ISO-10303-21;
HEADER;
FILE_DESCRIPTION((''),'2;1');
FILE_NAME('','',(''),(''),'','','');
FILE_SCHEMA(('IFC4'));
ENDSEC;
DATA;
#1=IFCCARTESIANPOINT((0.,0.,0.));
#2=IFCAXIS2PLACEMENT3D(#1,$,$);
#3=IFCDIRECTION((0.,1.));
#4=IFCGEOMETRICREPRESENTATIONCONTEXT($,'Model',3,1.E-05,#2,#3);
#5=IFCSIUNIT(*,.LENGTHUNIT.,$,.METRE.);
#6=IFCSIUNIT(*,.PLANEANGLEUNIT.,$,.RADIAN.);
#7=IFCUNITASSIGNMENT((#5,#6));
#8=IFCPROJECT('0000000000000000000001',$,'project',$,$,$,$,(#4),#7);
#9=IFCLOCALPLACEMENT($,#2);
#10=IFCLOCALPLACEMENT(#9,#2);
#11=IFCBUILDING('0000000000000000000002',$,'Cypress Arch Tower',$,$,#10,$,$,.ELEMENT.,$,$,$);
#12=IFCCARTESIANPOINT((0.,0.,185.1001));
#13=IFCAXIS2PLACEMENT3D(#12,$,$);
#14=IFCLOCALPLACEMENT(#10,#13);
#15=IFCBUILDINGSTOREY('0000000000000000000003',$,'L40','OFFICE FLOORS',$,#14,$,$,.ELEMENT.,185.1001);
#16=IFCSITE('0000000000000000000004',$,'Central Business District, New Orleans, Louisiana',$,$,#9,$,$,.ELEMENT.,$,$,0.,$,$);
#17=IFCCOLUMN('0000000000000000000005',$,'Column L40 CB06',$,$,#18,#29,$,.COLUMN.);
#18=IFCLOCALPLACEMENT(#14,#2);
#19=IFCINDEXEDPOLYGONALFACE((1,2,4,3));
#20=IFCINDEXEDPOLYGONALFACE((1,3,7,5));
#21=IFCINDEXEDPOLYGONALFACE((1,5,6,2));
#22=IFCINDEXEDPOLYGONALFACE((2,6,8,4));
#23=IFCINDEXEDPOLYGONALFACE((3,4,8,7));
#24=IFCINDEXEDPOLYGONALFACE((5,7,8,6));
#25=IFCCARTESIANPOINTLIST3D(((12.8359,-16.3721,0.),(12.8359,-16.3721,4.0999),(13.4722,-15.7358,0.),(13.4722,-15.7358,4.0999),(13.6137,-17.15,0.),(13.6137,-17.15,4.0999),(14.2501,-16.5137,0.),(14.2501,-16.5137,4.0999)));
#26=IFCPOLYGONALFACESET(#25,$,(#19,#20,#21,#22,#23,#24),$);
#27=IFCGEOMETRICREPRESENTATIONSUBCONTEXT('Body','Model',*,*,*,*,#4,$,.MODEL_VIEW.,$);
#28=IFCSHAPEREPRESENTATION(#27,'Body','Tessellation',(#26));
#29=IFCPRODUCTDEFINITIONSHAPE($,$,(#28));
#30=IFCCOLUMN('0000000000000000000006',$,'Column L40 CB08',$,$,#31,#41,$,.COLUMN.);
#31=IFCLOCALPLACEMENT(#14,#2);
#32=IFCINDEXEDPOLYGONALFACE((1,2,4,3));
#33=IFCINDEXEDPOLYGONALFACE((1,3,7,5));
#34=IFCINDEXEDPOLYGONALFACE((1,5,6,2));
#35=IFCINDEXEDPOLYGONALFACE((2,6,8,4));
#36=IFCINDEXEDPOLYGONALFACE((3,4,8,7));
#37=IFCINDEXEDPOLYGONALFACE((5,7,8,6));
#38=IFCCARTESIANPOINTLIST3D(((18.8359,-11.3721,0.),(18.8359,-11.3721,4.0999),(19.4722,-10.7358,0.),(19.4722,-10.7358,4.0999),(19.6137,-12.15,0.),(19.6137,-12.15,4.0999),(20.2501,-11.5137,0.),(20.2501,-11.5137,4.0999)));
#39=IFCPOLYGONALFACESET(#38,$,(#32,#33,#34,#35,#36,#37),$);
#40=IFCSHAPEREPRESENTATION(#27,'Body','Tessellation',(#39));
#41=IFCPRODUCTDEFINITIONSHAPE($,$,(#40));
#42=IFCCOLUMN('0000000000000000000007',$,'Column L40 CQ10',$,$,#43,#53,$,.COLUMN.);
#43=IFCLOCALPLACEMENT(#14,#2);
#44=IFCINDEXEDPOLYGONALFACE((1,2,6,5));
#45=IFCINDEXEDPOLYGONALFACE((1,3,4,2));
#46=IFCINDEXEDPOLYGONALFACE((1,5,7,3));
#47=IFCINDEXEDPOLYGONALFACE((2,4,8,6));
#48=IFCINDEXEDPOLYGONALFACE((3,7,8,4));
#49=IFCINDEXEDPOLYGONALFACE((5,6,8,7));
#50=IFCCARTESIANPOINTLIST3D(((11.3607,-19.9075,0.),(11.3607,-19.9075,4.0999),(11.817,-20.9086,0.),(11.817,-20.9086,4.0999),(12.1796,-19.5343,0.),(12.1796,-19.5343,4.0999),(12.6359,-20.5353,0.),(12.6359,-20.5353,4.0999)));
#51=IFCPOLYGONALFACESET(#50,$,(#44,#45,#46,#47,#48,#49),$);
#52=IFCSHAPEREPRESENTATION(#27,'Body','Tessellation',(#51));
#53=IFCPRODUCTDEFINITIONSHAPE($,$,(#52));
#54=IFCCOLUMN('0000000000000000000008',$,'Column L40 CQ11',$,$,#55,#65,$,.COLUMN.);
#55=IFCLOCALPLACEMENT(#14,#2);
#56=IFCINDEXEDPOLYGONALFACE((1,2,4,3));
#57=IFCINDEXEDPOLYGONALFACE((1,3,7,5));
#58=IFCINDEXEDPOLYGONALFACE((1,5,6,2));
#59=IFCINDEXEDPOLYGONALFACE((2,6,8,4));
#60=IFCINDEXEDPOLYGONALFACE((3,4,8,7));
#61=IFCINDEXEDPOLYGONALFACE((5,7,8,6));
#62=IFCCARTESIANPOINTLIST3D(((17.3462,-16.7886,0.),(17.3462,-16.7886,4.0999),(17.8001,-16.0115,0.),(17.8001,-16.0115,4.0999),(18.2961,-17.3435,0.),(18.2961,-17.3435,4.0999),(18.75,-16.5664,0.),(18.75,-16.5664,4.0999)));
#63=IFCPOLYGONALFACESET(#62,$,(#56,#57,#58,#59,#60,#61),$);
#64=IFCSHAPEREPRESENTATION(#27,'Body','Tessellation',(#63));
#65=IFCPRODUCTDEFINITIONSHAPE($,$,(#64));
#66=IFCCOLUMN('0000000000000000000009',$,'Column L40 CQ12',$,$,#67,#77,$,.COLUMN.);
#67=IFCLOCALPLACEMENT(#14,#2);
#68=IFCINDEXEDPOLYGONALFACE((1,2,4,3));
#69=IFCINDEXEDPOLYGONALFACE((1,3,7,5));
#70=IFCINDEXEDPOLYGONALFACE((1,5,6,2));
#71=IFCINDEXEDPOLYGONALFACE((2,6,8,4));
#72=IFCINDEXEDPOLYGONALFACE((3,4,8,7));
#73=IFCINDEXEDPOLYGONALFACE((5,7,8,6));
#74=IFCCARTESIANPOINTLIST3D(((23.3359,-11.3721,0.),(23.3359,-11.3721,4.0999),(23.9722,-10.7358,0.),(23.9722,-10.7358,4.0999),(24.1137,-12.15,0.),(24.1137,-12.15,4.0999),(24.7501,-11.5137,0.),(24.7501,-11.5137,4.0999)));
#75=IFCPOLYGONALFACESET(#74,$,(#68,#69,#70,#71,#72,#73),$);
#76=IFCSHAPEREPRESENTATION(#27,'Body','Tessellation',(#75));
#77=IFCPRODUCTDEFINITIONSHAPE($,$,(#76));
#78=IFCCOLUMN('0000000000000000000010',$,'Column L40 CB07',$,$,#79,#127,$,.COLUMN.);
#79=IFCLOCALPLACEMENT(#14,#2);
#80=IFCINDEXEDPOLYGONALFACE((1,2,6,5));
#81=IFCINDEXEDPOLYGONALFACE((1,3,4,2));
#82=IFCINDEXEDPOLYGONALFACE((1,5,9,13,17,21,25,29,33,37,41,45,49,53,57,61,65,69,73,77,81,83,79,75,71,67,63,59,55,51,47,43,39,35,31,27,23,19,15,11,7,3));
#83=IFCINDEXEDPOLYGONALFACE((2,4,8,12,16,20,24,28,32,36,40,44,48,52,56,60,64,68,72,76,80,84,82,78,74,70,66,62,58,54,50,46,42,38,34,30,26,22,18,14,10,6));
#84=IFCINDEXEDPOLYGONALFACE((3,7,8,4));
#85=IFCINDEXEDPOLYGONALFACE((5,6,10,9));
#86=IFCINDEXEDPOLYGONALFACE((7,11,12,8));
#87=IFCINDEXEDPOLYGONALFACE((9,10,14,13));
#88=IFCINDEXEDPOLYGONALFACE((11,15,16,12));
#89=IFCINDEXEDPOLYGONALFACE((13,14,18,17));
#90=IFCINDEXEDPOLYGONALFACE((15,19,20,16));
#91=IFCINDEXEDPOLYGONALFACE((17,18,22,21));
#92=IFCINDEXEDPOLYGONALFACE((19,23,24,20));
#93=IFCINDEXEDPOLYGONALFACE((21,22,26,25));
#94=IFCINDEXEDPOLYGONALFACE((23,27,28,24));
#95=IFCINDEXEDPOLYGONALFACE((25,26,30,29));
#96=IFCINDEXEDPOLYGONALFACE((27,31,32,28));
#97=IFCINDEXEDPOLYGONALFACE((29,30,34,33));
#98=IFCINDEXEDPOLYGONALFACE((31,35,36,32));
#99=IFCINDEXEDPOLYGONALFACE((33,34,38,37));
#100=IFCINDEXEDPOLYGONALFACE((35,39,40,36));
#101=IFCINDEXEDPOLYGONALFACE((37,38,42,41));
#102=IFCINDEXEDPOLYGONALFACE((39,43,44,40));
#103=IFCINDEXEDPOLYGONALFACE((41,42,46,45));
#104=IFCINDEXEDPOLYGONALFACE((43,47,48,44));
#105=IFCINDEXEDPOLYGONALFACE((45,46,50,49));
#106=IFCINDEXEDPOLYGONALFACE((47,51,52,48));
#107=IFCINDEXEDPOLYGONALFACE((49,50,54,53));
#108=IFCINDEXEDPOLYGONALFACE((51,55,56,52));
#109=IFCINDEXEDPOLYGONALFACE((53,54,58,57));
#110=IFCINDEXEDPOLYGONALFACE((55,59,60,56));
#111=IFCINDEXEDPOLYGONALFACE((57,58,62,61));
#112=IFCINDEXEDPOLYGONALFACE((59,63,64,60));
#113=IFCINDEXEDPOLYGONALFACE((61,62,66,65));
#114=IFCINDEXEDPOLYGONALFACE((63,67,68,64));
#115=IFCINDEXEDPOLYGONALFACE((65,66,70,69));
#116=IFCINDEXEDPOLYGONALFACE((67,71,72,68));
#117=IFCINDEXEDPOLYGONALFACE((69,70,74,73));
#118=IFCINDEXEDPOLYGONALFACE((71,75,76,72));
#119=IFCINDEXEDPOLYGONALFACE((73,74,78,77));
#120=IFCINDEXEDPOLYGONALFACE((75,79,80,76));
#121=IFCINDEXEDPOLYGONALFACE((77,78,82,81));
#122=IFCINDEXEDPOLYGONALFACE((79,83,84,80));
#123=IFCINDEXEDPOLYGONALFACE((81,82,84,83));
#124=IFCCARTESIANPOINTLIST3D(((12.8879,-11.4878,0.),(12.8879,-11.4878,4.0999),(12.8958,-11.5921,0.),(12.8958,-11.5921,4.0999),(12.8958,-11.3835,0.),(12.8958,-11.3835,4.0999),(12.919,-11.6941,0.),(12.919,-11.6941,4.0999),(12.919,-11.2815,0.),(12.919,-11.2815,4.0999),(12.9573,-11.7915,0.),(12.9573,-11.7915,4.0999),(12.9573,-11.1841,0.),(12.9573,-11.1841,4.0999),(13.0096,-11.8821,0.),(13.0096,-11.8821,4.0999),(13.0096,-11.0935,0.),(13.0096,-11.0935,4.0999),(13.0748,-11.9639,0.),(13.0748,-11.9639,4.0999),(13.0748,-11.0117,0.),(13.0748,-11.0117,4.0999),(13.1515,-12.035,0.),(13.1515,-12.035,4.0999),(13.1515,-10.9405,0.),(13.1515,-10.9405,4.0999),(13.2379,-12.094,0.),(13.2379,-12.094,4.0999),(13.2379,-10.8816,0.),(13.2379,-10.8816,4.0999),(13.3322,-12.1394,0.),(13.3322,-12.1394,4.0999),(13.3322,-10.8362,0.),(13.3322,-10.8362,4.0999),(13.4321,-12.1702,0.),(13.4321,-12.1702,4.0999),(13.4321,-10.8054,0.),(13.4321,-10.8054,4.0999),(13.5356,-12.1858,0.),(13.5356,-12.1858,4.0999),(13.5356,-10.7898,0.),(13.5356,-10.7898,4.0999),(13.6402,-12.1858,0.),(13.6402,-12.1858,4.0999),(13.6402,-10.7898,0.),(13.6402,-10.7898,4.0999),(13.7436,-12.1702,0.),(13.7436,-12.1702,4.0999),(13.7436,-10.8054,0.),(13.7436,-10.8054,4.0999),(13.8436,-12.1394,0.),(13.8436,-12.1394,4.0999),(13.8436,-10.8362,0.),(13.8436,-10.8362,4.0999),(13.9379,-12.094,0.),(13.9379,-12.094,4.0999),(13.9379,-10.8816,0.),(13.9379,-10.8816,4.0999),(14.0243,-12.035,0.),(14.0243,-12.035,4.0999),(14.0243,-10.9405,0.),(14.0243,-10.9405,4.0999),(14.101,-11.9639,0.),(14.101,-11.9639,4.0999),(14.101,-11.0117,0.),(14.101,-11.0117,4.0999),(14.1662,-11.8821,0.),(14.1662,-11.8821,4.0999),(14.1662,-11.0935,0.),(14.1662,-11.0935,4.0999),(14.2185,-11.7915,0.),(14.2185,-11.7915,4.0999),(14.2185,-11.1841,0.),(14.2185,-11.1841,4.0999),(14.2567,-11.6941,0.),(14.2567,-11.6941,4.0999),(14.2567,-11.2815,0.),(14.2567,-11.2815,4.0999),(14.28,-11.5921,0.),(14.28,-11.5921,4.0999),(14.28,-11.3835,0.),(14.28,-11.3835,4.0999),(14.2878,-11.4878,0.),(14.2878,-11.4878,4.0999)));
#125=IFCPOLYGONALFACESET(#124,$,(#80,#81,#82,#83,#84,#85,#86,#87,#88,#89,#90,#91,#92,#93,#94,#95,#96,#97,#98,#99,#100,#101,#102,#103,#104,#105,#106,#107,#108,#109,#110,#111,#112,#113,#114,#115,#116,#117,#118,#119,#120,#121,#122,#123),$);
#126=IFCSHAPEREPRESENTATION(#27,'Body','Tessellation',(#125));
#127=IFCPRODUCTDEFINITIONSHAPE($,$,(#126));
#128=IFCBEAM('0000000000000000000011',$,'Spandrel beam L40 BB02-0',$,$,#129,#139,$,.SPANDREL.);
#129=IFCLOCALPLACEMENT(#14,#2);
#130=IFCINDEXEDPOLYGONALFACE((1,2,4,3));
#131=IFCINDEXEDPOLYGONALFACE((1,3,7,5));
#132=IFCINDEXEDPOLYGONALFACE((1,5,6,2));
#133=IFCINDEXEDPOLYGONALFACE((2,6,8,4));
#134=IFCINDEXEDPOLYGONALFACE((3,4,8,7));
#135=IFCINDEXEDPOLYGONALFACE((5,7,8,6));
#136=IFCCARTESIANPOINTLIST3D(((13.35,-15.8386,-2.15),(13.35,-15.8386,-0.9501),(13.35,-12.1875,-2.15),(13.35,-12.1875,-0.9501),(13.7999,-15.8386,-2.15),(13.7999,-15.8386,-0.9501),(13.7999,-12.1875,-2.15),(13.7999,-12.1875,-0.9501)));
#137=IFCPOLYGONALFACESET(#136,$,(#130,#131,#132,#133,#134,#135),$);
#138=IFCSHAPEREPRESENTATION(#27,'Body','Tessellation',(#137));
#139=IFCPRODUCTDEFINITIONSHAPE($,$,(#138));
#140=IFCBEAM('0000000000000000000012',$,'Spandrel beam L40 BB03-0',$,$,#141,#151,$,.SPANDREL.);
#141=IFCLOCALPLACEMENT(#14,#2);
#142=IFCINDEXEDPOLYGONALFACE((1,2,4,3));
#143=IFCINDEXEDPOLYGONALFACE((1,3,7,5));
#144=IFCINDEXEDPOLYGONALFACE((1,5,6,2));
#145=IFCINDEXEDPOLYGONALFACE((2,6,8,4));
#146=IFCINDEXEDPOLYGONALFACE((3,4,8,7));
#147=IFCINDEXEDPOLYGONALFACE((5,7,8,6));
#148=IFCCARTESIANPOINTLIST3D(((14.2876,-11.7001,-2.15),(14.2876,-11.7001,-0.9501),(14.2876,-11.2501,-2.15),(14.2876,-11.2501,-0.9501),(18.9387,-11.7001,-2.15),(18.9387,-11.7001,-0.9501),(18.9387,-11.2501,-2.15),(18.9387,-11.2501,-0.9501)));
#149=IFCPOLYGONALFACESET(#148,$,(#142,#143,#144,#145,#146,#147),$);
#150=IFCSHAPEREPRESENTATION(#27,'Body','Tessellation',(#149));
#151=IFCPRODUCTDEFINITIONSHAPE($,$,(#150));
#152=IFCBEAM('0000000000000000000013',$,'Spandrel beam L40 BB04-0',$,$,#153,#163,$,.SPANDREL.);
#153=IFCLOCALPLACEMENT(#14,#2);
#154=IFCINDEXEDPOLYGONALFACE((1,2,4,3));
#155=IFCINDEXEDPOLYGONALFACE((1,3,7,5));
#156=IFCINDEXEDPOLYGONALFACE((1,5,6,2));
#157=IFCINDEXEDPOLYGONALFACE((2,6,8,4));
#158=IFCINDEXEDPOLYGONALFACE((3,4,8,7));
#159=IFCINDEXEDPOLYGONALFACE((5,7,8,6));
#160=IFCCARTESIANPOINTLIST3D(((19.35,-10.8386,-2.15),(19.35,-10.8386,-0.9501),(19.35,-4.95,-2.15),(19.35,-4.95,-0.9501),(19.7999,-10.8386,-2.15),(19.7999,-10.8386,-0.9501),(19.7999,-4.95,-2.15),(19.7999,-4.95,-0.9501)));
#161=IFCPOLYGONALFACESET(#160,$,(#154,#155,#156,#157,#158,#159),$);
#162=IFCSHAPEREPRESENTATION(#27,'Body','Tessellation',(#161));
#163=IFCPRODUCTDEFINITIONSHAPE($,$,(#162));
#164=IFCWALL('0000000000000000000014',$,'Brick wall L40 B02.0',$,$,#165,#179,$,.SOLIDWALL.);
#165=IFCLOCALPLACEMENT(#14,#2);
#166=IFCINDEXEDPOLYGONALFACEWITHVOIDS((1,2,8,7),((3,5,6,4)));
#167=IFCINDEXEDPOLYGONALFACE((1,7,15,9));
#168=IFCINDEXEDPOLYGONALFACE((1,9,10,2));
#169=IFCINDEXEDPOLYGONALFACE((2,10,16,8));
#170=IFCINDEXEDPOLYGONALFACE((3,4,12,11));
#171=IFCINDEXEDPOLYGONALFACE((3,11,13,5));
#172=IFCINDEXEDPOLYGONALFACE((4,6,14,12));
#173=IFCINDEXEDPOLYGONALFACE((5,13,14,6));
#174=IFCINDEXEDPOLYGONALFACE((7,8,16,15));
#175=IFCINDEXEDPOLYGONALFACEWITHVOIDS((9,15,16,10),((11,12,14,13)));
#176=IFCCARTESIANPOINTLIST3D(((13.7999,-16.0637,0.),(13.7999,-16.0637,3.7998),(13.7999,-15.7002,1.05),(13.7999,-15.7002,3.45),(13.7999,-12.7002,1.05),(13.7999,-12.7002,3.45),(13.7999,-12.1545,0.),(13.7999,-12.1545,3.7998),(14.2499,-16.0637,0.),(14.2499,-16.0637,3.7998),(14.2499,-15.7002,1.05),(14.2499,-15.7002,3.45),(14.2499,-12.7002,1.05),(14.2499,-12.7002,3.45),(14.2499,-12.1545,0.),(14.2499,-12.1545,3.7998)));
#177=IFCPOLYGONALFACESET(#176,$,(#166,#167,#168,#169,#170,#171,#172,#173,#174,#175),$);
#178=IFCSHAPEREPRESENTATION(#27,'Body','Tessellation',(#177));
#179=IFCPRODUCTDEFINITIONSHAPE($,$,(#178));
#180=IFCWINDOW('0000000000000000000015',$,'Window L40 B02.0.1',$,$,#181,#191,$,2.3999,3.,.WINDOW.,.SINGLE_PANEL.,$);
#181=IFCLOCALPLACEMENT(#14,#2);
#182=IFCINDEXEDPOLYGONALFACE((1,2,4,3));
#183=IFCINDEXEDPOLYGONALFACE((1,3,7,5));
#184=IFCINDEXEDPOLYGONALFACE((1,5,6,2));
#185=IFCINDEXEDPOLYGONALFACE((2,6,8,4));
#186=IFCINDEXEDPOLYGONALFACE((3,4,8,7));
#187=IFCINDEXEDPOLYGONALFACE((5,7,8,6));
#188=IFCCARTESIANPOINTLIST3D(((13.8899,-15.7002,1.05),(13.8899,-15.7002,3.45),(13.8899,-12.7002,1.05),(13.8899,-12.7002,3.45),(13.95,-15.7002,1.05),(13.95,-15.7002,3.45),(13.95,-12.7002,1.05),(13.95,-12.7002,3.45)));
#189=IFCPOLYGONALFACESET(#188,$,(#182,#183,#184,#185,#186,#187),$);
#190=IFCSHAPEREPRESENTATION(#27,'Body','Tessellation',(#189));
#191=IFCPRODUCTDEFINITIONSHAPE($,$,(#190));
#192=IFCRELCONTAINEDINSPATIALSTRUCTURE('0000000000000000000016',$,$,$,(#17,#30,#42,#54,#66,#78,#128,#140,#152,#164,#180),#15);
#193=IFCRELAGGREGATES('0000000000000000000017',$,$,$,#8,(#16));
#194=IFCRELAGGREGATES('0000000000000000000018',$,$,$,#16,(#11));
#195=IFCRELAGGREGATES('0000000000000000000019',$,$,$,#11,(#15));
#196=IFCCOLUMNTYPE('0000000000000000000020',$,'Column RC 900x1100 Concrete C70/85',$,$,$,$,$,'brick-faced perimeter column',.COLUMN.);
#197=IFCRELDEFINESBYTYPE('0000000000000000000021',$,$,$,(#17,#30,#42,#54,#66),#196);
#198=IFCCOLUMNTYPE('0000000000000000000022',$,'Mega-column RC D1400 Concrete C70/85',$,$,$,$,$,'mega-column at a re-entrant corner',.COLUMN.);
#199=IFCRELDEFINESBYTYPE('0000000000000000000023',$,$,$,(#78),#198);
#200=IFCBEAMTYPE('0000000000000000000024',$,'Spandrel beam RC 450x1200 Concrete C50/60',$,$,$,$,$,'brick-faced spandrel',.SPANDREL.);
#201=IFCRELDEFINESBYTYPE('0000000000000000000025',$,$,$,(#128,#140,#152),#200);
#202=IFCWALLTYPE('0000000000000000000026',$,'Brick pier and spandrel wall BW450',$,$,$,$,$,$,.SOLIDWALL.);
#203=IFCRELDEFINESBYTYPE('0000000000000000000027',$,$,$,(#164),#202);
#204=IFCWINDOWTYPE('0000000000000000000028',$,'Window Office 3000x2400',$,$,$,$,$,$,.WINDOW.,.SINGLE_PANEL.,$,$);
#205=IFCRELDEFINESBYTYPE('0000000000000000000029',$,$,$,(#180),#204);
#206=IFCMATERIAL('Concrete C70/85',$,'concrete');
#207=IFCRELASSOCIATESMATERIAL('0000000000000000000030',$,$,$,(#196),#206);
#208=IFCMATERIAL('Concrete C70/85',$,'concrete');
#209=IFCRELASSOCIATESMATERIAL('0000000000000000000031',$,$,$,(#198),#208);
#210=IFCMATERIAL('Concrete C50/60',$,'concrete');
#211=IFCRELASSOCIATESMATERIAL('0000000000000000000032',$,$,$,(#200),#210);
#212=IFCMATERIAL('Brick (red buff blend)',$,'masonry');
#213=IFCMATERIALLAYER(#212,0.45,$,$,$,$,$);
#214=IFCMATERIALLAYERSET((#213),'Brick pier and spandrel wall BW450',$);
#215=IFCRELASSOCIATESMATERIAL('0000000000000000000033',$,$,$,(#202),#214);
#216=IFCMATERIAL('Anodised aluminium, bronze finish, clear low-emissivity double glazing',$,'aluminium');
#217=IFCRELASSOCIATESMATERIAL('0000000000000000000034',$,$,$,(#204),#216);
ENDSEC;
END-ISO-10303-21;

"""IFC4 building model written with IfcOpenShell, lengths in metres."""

from ifc_helpers import new_model, si_unit, direction, frame, frame_2d, origin, origin_2d, place, context, subcontext, project, spatial, rectangle, circle, extrude, material, layer, layer_set, material_profile, profile_set, type_object, element, fill, save


model = new_model("IFC4")

# Units and contexts
model_context = context("Model", 3, precision=1e-05, world=origin(), true_north=direction((0.0, 1.0)))
body_context = subcontext(model_context, "Body", "Model", "MODEL_VIEW")
ifc_project = project(units=[si_unit("LENGTHUNIT", "METRE"), si_unit("PLANEANGLEUNIT", "RADIAN")], contexts=[model_context])

# Site, building, storey
site_placement = place(None, origin())
site = spatial("IfcSite", under=ifc_project, at=site_placement, Name="Central Business District, New Orleans, Louisiana", CompositionType="ELEMENT", RefElevation=0.0)
building_placement = place(site_placement, origin())
building = spatial("IfcBuilding", under=site, at=building_placement, Name="Cypress Arch Tower", CompositionType="ELEMENT")
storey_placement = place(building_placement, frame((0.0, 0.0, 185.1001)))
storey = spatial("IfcBuildingStorey", under=building, at=storey_placement, Name="L40", Description="OFFICE FLOORS", CompositionType="ELEMENT", Elevation=185.1001)

# Columns
ifc_material_1 = material(Name="Concrete C70/85", Category="concrete")
ifc_material_profile_1 = material_profile(ifc_material_1, rectangle(XDim=0.8999, YDim=1.1001, at=origin_2d()), Name="RC 900x1100")
ifc_profile_set_1 = profile_set([ifc_material_profile_1], Name="Concrete C70/85")
column_type_1 = type_object("IfcColumnType", Name="Column RC 900x1100 Concrete C70/85", ElementType="brick-faced perimeter column", PredefinedType="COLUMN", material=ifc_profile_set_1)
for number, where, z_axis, x_axis, name in (
    (1, (13.543, -16.4429, 0.0), (0.0, 0.0, 1.0), (0.707107, 0.707107, 0.0), "Column L40 CB06"),
    (2, (19.543, -11.4429, 0.0), (0.0, 0.0, 1.0), (0.707107, 0.707107, 0.0), "Column L40 CB08"),
    (3, (11.9983, -20.2214, 0.0), (0.0, 0.0, 1.0), (0.909932, 0.414757, 0.0), "Column L40 CQ10"),
    (4, (18.0481, -16.6775, 0.0), (0.0, 0.0, 1.0), (0.504399, 0.863471, 0.0), "Column L40 CQ11"),
    (5, (24.043, -11.4429, 0.0), (0.0, 0.0, 1.0), (0.707107, 0.707107, 0.0), "Column L40 CQ12"),
):
    element("IfcColumn", number, at=place(storey_placement, frame(where, z_axis=z_axis, x_axis=x_axis)), inside=storey, type_object=column_type_1, Name=name, PredefinedType="COLUMN", context=body_context, shape_type="SweptSolid", body=[
        extrude(rectangle(XDim=0.8999, YDim=1.1001, at=origin_2d()), origin(), (0.0, 0.0, 1.0), 4.0999),
    ])
ifc_material_2 = material(Name="Concrete C70/85", Category="concrete")
ifc_material_profile_2 = material_profile(ifc_material_2, circle(Radius=0.7, at=origin_2d()), Name="RC D1400")
ifc_profile_set_2 = profile_set([ifc_material_profile_2], Name="Concrete C70/85")
column_type_2 = type_object("IfcColumnType", Name="Mega-column RC D1400 Concrete C70/85", ElementType="mega-column at a re-entrant corner", PredefinedType="COLUMN", material=ifc_profile_set_2)
column_placement = place(storey_placement, frame((13.5879, -11.4878, 0.0), z_axis=(0.0, 0.0, 1.0), x_axis=(1.0, 0.0, 0.0)))
element("IfcColumn", 6, at=column_placement, inside=storey, type_object=column_type_2, Name="Column L40 CB07", PredefinedType="COLUMN", context=body_context, shape_type="SweptSolid", body=[
    extrude(circle(Radius=0.7, at=origin_2d()), origin(), (0.0, 0.0, 1.0), 4.0999),
])

# Beams
ifc_material_3 = material(Name="Concrete C50/60", Category="concrete")
ifc_material_profile_3 = material_profile(ifc_material_3, rectangle(XDim=0.45, YDim=1.2, at=origin_2d()), Name="RC 450x1200")
ifc_profile_set_3 = profile_set([ifc_material_profile_3], Name="Concrete C50/60")
beam_type = type_object("IfcBeamType", Name="Spandrel beam RC 450x1200 Concrete C50/60", ElementType="brick-faced spandrel", PredefinedType="SPANDREL", material=ifc_profile_set_3)
beam_1_placement = place(storey_placement, frame((13.575, -15.8386, -1.55), z_axis=(0.0, 1.0, 0.0), x_axis=(-1.0, 0.0, 0.0)))
element("IfcBeam", 7, at=beam_1_placement, inside=storey, type_object=beam_type, Name="Spandrel beam L40 BB02-0", PredefinedType="SPANDREL", context=body_context, shape_type="SweptSolid", body=[
    extrude(rectangle(XDim=0.45, YDim=1.2, at=origin_2d()), origin(), (0.0, 0.0, 1.0), 3.6511),
])
beam_2_placement = place(storey_placement, frame((14.2876, -11.4751, -1.55), z_axis=(1.0, 0.0, 0.0), x_axis=(0.0, 1.0, 0.0)))
element("IfcBeam", 8, at=beam_2_placement, inside=storey, type_object=beam_type, Name="Spandrel beam L40 BB03-0", PredefinedType="SPANDREL", context=body_context, shape_type="SweptSolid", body=[
    extrude(rectangle(XDim=0.45, YDim=1.2, at=origin_2d()), origin(), (0.0, 0.0, 1.0), 4.6511),
])
beam_3_placement = place(storey_placement, frame((19.575, -10.8386, -1.55), z_axis=(0.0, 1.0, 0.0), x_axis=(-1.0, 0.0, 0.0)))
element("IfcBeam", 9, at=beam_3_placement, inside=storey, type_object=beam_type, Name="Spandrel beam L40 BB04-0", PredefinedType="SPANDREL", context=body_context, shape_type="SweptSolid", body=[
    extrude(rectangle(XDim=0.45, YDim=1.2, at=origin_2d()), origin(), (0.0, 0.0, 1.0), 5.8887),
])

# Wall, opening, window
ifc_material_4 = material(Name="Brick (red buff blend)", Category="masonry")
ifc_layer_1 = layer(ifc_material_4, 0.45)
ifc_layer_set_1 = layer_set([ifc_layer_1], Name="Brick pier and spandrel wall BW450")
wall_type_1 = type_object("IfcWallType", Name="Brick pier and spandrel wall BW450", PredefinedType="SOLIDWALL", material=ifc_layer_set_1)
wall_1_placement = place(storey_placement, frame((14.0249, -16.0637, 0.0), z_axis=(0.0, 0.0, 1.0), x_axis=(0.0, 1.0, 0.0)))
wall_1 = element("IfcWall", 10, at=wall_1_placement, inside=storey, type_object=wall_type_1, Name="Brick wall L40 B02.0", PredefinedType="SOLIDWALL", context=body_context, shape_type="SweptSolid", body=[
    extrude(rectangle(XDim=3.9092, YDim=0.45, at=frame_2d((1.9546, 0.0))), origin(), (0.0, 0.0, 1.0), 3.7998),
])
opening_1_placement = place(wall_1_placement, frame((0.3635, 0.0, 1.05)))
opening_1 = element("IfcOpeningElement", 11, at=opening_1_placement, cuts=wall_1, PredefinedType="OPENING", context=body_context, shape_type="SweptSolid", body=[
    extrude(rectangle(XDim=3.0, YDim=2.3999, at=frame_2d((1.5, 1.2))), frame((0.0, 0.2349, 0.0), z_axis=(0.0, -1.0, 0.0), x_axis=(1.0, 0.0, 0.0)), (0.0, 0.0, 1.0), 0.47),
])
ifc_material_5 = material(Name="Anodised aluminium, bronze finish, clear low-emissivity double glazing", Category="aluminium")
window_type_1 = type_object("IfcWindowType", Name="Window Office 3000x2400", PartitioningType="SINGLE_PANEL", PredefinedType="WINDOW", material=ifc_material_5)
window_1_placement = place(opening_1_placement, origin())
window_1 = element("IfcWindow", 12, at=window_1_placement, inside=storey, type_object=window_type_1, Name="Window L40 B02.0.1", OverallHeight=2.3999, OverallWidth=3.0, PartitioningType="SINGLE_PANEL", PredefinedType="WINDOW", context=body_context, shape_type="SweptSolid", body=[
    extrude(rectangle(XDim=3.0, YDim=2.3999, at=frame_2d((1.5, 1.2))), frame((0.0, 0.135, 0.0), z_axis=(0.0, -1.0, 0.0), x_axis=(1.0, 0.0, 0.0)), (0.0, 0.0, 1.0), 0.0601),
])
fill(opening_1, window_1)

save(model, "model.ifc")
